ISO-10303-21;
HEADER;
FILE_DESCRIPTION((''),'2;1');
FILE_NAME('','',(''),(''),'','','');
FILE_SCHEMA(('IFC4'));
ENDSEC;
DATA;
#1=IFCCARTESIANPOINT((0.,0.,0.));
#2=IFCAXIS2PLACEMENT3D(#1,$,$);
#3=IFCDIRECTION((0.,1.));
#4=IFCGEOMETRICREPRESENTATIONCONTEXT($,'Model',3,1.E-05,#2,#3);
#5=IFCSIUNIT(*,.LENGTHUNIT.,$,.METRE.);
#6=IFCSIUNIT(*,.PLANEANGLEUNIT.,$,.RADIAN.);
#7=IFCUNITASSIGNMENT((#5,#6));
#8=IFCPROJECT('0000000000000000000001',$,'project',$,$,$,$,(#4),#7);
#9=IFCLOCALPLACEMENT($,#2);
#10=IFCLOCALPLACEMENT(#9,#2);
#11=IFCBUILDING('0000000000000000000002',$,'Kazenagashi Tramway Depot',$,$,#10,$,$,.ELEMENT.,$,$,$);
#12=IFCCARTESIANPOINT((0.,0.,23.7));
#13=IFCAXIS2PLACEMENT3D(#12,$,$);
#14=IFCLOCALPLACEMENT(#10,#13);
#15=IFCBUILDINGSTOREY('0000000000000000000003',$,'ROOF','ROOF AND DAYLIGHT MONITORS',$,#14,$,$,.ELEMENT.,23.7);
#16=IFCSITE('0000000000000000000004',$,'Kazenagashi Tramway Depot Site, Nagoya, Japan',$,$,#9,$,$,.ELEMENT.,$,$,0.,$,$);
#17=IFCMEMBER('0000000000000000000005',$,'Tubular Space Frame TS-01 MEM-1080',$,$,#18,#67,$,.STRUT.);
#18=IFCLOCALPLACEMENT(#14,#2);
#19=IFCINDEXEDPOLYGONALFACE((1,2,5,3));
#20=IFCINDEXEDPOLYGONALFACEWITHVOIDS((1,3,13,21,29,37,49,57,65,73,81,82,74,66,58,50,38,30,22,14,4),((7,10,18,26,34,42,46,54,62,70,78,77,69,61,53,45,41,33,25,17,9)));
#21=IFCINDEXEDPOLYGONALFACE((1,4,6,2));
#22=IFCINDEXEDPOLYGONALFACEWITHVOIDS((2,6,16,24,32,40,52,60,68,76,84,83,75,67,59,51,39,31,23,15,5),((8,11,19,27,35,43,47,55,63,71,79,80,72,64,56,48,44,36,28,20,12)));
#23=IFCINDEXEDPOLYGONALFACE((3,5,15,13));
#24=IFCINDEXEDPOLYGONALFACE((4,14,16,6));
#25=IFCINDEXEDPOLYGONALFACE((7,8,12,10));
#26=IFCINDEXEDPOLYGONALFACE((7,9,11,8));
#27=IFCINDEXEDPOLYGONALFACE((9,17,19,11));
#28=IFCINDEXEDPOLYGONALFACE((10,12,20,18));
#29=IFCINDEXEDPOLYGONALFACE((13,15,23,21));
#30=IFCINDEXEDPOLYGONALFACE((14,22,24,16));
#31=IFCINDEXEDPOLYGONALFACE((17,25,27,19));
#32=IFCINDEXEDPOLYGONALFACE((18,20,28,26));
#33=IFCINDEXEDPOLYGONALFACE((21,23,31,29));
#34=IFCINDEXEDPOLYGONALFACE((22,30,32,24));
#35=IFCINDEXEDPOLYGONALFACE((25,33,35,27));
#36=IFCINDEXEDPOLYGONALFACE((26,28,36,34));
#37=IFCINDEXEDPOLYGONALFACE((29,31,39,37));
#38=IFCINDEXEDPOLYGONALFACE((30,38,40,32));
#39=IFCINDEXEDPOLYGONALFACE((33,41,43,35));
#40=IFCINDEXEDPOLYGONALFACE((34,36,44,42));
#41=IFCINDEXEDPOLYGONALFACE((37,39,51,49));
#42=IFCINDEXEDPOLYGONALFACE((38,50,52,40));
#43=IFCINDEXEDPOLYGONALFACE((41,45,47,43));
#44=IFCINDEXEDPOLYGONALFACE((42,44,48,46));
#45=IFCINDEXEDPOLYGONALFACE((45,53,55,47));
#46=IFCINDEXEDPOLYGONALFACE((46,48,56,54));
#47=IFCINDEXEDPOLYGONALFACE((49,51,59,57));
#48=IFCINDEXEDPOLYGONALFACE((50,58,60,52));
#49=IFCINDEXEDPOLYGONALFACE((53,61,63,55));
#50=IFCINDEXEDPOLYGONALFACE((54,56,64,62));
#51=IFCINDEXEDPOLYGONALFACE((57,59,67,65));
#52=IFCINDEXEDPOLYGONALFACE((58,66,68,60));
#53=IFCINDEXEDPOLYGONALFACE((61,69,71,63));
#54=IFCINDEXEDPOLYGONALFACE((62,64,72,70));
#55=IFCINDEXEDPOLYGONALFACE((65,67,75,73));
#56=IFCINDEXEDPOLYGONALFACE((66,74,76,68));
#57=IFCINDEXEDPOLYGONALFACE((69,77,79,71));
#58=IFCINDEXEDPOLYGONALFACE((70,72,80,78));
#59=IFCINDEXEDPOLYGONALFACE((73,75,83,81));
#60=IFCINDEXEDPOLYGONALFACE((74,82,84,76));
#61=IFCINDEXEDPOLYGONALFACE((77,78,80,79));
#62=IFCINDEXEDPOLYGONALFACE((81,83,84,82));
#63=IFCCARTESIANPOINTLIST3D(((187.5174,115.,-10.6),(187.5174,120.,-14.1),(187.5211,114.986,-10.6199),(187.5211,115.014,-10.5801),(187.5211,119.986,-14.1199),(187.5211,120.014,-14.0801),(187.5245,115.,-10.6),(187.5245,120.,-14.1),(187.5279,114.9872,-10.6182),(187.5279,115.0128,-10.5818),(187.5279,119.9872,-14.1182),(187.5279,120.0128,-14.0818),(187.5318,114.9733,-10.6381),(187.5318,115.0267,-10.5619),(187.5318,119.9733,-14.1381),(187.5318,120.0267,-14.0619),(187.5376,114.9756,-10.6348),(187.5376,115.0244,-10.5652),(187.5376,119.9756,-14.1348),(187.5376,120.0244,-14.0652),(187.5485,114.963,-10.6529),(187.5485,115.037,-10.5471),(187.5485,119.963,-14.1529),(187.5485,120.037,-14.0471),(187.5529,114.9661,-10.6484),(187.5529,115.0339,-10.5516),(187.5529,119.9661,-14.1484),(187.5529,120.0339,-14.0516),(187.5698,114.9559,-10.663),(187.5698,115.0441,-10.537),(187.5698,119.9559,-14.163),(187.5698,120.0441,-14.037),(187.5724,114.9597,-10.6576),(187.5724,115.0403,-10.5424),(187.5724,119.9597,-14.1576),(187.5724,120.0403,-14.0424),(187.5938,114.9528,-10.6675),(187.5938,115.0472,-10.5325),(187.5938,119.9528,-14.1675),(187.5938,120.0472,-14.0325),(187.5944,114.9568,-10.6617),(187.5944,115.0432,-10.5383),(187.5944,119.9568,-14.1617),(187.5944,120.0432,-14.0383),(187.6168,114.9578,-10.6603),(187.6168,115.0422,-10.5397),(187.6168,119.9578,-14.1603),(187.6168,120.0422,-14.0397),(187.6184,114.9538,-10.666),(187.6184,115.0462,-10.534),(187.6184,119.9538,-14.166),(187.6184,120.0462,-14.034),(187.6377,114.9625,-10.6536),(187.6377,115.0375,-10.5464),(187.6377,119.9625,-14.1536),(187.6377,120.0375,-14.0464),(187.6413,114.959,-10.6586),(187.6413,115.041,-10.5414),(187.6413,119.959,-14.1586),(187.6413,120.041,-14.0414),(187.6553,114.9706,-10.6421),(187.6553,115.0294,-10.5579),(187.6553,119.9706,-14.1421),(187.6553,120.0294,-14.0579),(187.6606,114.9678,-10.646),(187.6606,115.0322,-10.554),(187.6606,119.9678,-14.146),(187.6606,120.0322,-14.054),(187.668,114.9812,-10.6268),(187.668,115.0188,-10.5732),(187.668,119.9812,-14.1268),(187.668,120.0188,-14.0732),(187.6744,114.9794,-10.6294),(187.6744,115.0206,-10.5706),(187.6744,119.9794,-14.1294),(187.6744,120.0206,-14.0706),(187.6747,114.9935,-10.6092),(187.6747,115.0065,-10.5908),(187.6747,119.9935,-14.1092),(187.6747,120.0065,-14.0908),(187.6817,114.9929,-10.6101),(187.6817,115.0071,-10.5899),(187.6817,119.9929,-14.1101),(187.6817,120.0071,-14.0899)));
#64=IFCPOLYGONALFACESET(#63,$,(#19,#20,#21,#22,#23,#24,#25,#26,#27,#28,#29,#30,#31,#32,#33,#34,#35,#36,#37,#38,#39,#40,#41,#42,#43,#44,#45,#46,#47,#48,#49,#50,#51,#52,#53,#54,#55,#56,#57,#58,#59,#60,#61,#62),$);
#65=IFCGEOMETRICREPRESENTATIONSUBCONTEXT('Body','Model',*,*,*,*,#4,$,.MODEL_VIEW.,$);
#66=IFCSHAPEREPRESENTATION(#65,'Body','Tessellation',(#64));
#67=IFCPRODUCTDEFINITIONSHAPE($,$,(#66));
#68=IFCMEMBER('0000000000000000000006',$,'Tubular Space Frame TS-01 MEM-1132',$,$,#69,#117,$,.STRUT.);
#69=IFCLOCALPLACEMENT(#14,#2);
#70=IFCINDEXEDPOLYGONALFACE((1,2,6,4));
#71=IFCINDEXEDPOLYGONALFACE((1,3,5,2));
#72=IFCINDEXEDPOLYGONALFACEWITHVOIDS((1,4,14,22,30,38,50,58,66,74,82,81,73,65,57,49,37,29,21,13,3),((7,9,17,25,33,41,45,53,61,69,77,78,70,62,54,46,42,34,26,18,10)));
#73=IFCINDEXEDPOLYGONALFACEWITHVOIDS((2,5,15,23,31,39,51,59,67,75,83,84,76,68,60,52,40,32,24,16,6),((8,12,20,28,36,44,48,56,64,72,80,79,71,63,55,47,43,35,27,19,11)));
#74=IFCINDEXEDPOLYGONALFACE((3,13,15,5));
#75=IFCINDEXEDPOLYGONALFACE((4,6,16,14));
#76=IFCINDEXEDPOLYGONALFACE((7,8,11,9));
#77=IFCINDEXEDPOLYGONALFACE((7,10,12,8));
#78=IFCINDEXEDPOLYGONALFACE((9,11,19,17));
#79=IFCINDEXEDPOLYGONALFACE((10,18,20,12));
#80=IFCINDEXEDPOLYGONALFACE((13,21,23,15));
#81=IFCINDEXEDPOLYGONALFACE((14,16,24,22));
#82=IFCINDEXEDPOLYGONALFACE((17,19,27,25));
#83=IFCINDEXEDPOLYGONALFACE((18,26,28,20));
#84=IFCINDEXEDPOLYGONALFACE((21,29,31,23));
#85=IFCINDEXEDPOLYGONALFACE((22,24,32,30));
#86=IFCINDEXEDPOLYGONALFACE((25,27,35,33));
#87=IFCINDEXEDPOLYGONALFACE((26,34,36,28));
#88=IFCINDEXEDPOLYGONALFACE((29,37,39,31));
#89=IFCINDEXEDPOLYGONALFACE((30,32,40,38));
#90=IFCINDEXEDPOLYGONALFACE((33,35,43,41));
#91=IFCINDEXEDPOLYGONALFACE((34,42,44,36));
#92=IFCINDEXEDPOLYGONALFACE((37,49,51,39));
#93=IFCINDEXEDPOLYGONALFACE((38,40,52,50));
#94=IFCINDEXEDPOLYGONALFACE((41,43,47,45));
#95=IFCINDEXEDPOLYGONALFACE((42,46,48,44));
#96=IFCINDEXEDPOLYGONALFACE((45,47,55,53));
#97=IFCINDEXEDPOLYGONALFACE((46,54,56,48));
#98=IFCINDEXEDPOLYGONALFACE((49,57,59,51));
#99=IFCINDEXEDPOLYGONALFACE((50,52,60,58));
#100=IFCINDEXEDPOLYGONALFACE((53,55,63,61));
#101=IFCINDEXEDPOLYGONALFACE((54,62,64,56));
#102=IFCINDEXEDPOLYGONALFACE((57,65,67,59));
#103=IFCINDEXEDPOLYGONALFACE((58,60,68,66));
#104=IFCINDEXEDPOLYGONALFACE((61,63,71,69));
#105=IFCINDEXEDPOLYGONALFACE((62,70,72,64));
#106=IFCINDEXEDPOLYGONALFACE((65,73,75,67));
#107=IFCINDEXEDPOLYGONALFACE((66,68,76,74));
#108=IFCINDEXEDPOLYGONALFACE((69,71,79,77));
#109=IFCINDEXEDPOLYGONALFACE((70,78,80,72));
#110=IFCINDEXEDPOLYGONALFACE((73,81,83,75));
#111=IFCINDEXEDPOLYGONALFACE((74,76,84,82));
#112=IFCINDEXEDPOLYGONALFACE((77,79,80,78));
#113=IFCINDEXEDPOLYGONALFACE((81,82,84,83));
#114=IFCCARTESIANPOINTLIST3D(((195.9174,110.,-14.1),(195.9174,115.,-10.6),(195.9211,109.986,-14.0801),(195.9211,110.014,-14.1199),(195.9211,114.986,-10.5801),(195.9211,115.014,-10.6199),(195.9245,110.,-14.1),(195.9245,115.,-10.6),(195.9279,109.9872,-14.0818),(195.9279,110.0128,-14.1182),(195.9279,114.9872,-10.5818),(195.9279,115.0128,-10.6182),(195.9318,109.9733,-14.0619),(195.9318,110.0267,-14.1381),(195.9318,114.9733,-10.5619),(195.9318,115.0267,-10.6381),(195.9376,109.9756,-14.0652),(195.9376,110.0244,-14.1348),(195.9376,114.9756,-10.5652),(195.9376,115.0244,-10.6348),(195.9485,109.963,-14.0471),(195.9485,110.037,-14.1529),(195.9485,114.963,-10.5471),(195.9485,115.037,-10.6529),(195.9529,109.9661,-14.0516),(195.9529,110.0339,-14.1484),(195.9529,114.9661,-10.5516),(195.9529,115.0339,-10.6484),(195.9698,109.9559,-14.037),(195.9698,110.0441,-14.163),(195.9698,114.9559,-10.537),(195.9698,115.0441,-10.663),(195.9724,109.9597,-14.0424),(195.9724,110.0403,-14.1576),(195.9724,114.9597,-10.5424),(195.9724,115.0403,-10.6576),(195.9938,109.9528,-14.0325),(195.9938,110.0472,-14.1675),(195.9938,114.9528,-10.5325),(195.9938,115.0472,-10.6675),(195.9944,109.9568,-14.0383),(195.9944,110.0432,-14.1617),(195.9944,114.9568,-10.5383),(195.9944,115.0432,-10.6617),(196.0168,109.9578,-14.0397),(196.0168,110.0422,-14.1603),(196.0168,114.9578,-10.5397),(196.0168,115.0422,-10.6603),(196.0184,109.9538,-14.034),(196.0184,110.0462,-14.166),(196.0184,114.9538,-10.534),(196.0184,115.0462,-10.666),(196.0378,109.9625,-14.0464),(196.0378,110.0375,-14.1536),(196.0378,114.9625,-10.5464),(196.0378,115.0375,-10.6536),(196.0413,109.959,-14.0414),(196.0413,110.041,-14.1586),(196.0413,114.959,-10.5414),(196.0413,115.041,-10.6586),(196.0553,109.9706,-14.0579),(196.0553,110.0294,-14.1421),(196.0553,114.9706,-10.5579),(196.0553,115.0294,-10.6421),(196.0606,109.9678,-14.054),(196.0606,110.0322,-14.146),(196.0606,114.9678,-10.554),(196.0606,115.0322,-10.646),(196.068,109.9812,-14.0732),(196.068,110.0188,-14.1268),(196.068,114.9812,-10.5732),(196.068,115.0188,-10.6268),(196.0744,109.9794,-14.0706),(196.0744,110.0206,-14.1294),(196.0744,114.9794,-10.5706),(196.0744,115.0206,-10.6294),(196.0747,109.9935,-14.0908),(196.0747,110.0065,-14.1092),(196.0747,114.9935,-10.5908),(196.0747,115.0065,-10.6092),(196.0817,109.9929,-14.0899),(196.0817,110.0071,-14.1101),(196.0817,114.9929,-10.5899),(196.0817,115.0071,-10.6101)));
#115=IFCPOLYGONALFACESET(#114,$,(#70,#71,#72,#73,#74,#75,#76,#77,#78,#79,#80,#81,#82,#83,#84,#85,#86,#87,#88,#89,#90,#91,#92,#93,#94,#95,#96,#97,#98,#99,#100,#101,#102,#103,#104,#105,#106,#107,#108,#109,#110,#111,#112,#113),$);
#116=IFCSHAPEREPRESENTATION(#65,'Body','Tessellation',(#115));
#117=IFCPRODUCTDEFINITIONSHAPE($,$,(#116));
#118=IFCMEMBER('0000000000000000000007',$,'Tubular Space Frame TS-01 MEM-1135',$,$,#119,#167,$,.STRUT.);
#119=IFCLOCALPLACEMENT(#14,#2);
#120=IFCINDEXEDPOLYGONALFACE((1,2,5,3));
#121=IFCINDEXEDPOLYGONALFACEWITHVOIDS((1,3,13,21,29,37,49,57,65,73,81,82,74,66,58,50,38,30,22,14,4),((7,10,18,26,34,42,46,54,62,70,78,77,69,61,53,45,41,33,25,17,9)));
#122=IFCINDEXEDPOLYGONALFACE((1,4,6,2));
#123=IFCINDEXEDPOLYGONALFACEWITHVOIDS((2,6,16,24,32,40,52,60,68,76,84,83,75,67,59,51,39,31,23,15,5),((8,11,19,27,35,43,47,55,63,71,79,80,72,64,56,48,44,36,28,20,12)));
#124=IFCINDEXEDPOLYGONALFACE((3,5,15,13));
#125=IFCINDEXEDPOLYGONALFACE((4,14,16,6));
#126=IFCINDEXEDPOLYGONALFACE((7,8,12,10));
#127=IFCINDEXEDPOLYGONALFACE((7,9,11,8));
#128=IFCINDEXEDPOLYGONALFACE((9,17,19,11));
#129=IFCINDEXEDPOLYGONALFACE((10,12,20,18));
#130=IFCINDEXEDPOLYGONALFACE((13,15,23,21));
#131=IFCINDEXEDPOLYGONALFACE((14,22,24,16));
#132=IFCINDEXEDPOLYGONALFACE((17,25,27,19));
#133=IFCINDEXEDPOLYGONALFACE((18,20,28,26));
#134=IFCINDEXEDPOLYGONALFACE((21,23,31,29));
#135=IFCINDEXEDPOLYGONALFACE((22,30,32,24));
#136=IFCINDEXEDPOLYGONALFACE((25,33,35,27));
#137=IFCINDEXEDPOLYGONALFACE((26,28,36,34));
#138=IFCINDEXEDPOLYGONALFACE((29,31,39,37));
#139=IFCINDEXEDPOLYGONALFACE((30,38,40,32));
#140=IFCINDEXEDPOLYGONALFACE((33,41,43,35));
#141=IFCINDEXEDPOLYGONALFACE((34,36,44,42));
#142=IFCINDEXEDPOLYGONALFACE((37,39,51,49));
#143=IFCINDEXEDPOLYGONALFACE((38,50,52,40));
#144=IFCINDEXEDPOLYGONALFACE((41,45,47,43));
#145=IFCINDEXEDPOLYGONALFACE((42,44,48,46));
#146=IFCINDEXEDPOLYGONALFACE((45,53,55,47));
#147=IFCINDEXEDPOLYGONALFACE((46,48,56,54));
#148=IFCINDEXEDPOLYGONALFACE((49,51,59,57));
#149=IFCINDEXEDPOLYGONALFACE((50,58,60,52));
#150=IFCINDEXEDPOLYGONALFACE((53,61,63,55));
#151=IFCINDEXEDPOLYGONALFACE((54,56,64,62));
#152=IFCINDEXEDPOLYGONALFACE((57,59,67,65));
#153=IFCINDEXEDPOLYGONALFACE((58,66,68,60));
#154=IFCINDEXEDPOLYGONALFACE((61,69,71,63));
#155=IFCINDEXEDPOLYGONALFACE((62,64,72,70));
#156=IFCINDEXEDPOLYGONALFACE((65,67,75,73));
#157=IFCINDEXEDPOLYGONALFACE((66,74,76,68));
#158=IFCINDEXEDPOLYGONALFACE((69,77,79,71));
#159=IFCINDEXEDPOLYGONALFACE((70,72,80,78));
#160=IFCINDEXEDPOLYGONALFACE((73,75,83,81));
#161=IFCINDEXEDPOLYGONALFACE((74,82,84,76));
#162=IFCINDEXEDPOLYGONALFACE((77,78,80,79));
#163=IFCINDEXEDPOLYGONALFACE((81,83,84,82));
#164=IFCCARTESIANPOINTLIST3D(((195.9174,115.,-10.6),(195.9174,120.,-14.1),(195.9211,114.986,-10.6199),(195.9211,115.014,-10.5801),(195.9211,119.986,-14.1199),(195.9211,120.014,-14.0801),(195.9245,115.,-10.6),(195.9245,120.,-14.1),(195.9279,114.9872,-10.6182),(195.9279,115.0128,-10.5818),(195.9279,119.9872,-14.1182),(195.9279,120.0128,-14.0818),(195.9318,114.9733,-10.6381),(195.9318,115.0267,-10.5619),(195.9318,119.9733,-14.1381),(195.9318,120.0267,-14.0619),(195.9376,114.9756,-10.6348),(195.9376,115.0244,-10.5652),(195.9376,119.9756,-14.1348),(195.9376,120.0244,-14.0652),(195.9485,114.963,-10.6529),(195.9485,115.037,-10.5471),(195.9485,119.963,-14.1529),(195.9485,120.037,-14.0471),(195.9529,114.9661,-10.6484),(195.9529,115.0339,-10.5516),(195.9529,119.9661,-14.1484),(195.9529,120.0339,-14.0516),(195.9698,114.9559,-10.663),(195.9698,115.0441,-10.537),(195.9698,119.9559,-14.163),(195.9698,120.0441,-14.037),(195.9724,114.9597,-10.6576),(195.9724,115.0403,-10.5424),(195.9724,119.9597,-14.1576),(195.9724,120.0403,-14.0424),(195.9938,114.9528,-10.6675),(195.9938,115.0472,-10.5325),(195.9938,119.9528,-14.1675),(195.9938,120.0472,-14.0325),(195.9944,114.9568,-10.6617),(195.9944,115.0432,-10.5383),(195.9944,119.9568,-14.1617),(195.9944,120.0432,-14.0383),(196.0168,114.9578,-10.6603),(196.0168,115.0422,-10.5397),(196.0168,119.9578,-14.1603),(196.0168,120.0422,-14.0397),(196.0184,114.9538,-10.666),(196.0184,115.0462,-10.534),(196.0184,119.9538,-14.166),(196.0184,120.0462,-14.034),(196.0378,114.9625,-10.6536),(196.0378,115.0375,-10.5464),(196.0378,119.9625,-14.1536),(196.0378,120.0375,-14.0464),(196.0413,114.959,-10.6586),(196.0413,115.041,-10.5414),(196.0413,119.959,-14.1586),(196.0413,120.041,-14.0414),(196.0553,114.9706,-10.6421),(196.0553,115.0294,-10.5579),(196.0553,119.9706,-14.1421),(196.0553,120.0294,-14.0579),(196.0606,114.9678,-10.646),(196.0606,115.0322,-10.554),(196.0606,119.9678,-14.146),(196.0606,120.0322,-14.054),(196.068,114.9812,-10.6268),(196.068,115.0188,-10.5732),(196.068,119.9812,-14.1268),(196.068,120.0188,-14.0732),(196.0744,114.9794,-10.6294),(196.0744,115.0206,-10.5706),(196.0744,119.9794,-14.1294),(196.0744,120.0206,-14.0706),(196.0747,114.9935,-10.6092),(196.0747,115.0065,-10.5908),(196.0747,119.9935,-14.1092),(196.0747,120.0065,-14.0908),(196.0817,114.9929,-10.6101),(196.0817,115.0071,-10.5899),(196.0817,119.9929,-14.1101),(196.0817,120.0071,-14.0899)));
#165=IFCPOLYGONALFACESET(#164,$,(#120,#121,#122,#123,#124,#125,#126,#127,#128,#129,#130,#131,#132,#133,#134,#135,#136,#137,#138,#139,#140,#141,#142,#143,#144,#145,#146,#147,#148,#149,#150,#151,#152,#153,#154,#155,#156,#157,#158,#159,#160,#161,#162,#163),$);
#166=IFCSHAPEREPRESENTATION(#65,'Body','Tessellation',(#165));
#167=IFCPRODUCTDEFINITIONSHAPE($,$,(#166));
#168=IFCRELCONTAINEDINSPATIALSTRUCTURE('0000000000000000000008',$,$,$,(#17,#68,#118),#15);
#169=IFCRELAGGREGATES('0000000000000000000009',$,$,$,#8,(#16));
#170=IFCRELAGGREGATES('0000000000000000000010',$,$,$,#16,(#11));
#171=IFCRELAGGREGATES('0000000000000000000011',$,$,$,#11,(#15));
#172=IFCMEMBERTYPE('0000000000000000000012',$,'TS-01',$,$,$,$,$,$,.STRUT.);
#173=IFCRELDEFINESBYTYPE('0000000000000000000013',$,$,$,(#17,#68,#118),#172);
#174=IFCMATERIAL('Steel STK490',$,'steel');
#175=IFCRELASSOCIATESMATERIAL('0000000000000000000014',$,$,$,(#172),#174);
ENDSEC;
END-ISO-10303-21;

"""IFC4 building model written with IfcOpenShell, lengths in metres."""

from ifc_helpers import new_model, si_unit, direction, frame, origin, origin_2d, place, context, subcontext, project, spatial, hollow_circle, extrude, material, material_profile, profile_set, type_object, element, save


model = new_model("IFC4")

# Units and contexts
model_context = context("Model", 3, precision=1e-05, world=origin(), true_north=direction((0.0, 1.0)))
body_context = subcontext(model_context, "Body", "Model", "MODEL_VIEW")
ifc_project = project(units=[si_unit("LENGTHUNIT", "METRE"), si_unit("PLANEANGLEUNIT", "RADIAN")], contexts=[model_context])

# Site, building, storey
site_placement = place(None, origin())
site = spatial("IfcSite", under=ifc_project, at=site_placement, Name="Kazenagashi Tramway Depot Site, Nagoya, Japan", CompositionType="ELEMENT", RefElevation=0.0)
building_placement = place(site_placement, origin())
building = spatial("IfcBuilding", under=site, at=building_placement, Name="Kazenagashi Tramway Depot", CompositionType="ELEMENT")
storey_placement = place(building_placement, frame((0.0, 0.0, 23.7)))
storey = spatial("IfcBuildingStorey", under=building, at=storey_placement, Name="ROOF", Description="ROOF AND DAYLIGHT MONITORS", CompositionType="ELEMENT", Elevation=23.7)

# Members
ifc_material_1 = material(Name="Steel STK490", Category="steel")
ifc_material_profile_1 = material_profile(ifc_material_1, hollow_circle(Radius=0.0826, WallThickness=0.0071, at=origin_2d()), Name="CHS-165.2x7.1")
ifc_profile_set_1 = profile_set([ifc_material_profile_1], Name="Steel STK490")
member_type_1 = type_object("IfcMemberType", Name="TS-01", PredefinedType="STRUT", material=ifc_profile_set_1)
for number, where, z_axis, x_axis, name in (
    (1, (187.6, 115.0, -10.6), (0.0, 0.819232, -0.573462), (-1.0, 0.0, 0.0), "Tubular Space Frame TS-01 MEM-1080"),
    (2, (196.0, 110.0, -14.1), (0.0, 0.819232, 0.573462), (-1.0, 0.0, 0.0), "Tubular Space Frame TS-01 MEM-1132"),
    (3, (196.0, 115.0, -10.6), (0.0, 0.819232, -0.573462), (-1.0, 0.0, 0.0), "Tubular Space Frame TS-01 MEM-1135"),
):
    element("IfcMember", number, at=place(storey_placement, frame(where, z_axis=z_axis, x_axis=x_axis)), inside=storey, type_object=member_type_1, Name=name, PredefinedType="STRUT", context=body_context, shape_type="SweptSolid", body=[
        extrude(hollow_circle(Radius=0.0826, WallThickness=0.0071, at=origin_2d()), origin(), (0.0, 0.0, 1.0), 6.1033),
    ])

save(model, "model.ifc")
